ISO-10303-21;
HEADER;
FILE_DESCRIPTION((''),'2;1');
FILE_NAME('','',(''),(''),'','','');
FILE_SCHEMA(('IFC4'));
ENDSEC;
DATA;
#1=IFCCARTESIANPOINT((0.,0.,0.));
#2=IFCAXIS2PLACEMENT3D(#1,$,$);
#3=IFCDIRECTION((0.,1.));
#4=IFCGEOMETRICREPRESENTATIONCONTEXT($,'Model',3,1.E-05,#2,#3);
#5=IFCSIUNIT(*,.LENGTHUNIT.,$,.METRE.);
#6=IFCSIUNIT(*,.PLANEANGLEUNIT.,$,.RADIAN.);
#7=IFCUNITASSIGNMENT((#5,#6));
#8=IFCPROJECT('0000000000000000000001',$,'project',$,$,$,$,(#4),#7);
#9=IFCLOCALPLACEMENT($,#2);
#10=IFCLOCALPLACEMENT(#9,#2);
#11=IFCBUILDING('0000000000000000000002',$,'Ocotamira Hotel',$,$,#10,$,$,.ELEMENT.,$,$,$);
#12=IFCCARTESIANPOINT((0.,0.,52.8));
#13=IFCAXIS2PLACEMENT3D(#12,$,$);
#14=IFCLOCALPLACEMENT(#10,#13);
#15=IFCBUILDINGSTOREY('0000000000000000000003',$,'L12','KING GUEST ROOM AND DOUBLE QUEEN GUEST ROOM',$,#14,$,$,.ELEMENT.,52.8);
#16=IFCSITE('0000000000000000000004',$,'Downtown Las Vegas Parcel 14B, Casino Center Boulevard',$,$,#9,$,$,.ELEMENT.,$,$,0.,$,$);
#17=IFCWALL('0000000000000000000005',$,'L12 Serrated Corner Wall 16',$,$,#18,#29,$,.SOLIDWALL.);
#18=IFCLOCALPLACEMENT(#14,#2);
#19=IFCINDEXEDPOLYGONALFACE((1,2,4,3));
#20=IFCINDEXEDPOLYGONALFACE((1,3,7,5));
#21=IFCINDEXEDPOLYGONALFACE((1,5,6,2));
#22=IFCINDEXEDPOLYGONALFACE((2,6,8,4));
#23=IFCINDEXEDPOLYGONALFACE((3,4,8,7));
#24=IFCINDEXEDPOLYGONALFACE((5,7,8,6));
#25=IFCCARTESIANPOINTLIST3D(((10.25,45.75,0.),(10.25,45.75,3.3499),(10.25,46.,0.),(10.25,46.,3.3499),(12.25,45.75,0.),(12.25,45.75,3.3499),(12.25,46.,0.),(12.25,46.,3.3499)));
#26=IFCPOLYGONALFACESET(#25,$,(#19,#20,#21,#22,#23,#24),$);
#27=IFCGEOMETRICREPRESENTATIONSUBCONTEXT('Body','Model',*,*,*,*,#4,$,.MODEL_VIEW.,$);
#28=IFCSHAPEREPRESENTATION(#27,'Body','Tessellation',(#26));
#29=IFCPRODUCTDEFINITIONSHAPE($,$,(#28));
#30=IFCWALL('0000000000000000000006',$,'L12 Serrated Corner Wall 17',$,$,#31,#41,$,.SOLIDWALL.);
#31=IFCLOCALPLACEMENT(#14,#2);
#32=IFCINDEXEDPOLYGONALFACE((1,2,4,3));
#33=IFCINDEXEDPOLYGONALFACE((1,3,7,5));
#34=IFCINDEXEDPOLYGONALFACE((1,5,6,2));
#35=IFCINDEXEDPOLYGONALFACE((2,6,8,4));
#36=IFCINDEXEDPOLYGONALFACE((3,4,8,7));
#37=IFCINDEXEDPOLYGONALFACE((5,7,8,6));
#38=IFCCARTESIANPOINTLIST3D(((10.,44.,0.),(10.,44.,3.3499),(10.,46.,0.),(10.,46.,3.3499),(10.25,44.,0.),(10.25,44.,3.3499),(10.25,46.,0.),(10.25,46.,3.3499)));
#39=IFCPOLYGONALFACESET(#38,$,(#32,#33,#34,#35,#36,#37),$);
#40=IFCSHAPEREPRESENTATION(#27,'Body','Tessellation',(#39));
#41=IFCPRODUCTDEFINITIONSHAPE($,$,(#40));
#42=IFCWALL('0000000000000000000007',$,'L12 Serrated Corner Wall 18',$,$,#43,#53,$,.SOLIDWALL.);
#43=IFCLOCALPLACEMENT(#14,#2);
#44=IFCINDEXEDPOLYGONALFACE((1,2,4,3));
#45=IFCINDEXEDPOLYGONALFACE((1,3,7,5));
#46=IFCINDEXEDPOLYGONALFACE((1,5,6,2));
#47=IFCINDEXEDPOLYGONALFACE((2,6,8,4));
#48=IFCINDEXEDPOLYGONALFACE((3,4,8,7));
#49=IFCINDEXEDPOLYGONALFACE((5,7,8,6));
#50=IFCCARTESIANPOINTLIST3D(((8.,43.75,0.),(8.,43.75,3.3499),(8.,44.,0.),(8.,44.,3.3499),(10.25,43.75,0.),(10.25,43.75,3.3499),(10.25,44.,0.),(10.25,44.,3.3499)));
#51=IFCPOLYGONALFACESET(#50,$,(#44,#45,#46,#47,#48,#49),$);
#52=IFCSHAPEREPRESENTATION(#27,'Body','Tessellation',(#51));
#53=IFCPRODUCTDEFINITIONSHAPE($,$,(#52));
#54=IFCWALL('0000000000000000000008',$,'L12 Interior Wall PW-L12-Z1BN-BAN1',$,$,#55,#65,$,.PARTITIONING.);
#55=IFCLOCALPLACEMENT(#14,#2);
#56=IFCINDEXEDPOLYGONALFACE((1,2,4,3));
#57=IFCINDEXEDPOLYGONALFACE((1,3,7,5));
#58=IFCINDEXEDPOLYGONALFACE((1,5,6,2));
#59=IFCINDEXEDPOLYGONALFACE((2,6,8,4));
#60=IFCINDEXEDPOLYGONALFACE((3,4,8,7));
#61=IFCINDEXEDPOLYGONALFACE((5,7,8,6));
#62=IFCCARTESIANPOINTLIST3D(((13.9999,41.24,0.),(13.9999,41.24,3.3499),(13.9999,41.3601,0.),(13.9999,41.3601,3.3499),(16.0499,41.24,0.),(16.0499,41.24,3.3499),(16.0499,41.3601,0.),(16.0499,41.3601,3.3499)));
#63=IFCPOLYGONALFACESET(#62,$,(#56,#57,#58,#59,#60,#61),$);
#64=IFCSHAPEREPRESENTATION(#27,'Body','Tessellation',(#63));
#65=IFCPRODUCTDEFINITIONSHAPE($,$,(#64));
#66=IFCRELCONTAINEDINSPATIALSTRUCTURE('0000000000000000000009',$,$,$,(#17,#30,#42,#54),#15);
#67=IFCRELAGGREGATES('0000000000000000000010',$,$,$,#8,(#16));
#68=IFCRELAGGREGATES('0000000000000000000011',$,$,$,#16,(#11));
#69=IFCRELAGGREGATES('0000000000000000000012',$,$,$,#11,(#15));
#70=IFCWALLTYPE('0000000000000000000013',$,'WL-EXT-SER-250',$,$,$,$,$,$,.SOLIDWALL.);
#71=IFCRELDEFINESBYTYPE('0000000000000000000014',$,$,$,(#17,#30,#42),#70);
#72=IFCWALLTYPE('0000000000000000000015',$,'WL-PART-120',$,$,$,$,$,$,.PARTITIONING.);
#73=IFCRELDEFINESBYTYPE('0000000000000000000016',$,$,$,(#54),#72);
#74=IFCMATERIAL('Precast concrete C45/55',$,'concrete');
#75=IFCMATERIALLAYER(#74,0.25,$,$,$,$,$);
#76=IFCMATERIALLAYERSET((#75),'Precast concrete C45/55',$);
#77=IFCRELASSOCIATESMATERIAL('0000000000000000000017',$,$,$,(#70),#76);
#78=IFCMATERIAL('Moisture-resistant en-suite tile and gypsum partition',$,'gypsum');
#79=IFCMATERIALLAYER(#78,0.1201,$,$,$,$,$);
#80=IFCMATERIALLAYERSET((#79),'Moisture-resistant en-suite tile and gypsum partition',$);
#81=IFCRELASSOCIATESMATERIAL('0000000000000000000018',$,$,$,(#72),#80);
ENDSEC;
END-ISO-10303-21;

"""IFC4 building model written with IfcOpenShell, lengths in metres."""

from ifc_helpers import new_model, si_unit, direction, frame, frame_2d, origin, place, context, subcontext, project, spatial, rectangle, extrude, material, layer, layer_set, type_object, element, save


model = new_model("IFC4")

# Units and contexts
model_context = context("Model", 3, precision=1e-05, world=origin(), true_north=direction((0.0, 1.0)))
body_context = subcontext(model_context, "Body", "Model", "MODEL_VIEW")
ifc_project = project(units=[si_unit("LENGTHUNIT", "METRE"), si_unit("PLANEANGLEUNIT", "RADIAN")], contexts=[model_context])

# Site, building, storey
site_placement = place(None, origin())
site = spatial("IfcSite", under=ifc_project, at=site_placement, Name="Downtown Las Vegas Parcel 14B, Casino Center Boulevard", CompositionType="ELEMENT", RefElevation=0.0)
building_placement = place(site_placement, origin())
building = spatial("IfcBuilding", under=site, at=building_placement, Name="Ocotamira Hotel", CompositionType="ELEMENT")
storey_placement = place(building_placement, frame((0.0, 0.0, 52.8)))
storey = spatial("IfcBuildingStorey", under=building, at=storey_placement, Name="L12", Description="KING GUEST ROOM AND DOUBLE QUEEN GUEST ROOM", CompositionType="ELEMENT", Elevation=52.8)

# Shared definitions
ifc_material_1 = material(Name="Precast concrete C45/55", Category="concrete")
ifc_layer_1 = layer(ifc_material_1, 0.25)
ifc_layer_set_1 = layer_set([ifc_layer_1], Name="Precast concrete C45/55")
wall_type_1 = type_object("IfcWallType", Name="WL-EXT-SER-250", PredefinedType="SOLIDWALL", material=ifc_layer_set_1)

# Walls
for number, where, z_axis, x_axis, name in (
    (1, (12.25, 45.875, 0.0), (0.0, 0.0, 1.0), (-1.0, 0.0, 0.0), "L12 Serrated Corner Wall 16"),
    (2, (10.125, 46.0, 0.0), (0.0, 0.0, 1.0), (0.0, -1.0, 0.0), "L12 Serrated Corner Wall 17"),
):
    element("IfcWall", number, at=place(storey_placement, frame(where, z_axis=z_axis, x_axis=x_axis)), inside=storey, type_object=wall_type_1, Name=name, PredefinedType="SOLIDWALL", context=body_context, shape_type="SweptSolid", body=[
        extrude(rectangle(XDim=2.0, YDim=0.25, at=frame_2d((1.0, 0.0))), origin(), (0.0, 0.0, 1.0), 3.3499),
    ])
wall_1_placement = place(storey_placement, frame((10.25, 43.875, 0.0), z_axis=(0.0, 0.0, 1.0), x_axis=(-1.0, 0.0, 0.0)))
element("IfcWall", 3, at=wall_1_placement, inside=storey, type_object=wall_type_1, Name="L12 Serrated Corner Wall 18", PredefinedType="SOLIDWALL", context=body_context, shape_type="SweptSolid", body=[
    extrude(rectangle(XDim=2.25, YDim=0.25, at=frame_2d((1.125, 0.0))), origin(), (0.0, 0.0, 1.0), 3.3499),
])

# Wall
ifc_material_2 = material(Name="Moisture-resistant en-suite tile and gypsum partition", Category="gypsum")
ifc_layer_2 = layer(ifc_material_2, 0.1201)
ifc_layer_set_2 = layer_set([ifc_layer_2], Name="Moisture-resistant en-suite tile and gypsum partition")
wall_type_2 = type_object("IfcWallType", Name="WL-PART-120", PredefinedType="PARTITIONING", material=ifc_layer_set_2)
wall_2_placement = place(storey_placement, frame((14.0, 41.3, 0.0), z_axis=(0.0, 0.0, 1.0), x_axis=(1.0, 0.0, 0.0)))
element("IfcWall", 4, at=wall_2_placement, inside=storey, type_object=wall_type_2, Name="L12 Interior Wall PW-L12-Z1BN-BAN1", PredefinedType="PARTITIONING", context=body_context, shape_type="SweptSolid", body=[
    extrude(rectangle(XDim=2.05, YDim=0.1201, at=frame_2d((1.0249, 0.0))), origin(), (0.0, 0.0, 1.0), 3.3499),
])

save(model, "model.ifc")
